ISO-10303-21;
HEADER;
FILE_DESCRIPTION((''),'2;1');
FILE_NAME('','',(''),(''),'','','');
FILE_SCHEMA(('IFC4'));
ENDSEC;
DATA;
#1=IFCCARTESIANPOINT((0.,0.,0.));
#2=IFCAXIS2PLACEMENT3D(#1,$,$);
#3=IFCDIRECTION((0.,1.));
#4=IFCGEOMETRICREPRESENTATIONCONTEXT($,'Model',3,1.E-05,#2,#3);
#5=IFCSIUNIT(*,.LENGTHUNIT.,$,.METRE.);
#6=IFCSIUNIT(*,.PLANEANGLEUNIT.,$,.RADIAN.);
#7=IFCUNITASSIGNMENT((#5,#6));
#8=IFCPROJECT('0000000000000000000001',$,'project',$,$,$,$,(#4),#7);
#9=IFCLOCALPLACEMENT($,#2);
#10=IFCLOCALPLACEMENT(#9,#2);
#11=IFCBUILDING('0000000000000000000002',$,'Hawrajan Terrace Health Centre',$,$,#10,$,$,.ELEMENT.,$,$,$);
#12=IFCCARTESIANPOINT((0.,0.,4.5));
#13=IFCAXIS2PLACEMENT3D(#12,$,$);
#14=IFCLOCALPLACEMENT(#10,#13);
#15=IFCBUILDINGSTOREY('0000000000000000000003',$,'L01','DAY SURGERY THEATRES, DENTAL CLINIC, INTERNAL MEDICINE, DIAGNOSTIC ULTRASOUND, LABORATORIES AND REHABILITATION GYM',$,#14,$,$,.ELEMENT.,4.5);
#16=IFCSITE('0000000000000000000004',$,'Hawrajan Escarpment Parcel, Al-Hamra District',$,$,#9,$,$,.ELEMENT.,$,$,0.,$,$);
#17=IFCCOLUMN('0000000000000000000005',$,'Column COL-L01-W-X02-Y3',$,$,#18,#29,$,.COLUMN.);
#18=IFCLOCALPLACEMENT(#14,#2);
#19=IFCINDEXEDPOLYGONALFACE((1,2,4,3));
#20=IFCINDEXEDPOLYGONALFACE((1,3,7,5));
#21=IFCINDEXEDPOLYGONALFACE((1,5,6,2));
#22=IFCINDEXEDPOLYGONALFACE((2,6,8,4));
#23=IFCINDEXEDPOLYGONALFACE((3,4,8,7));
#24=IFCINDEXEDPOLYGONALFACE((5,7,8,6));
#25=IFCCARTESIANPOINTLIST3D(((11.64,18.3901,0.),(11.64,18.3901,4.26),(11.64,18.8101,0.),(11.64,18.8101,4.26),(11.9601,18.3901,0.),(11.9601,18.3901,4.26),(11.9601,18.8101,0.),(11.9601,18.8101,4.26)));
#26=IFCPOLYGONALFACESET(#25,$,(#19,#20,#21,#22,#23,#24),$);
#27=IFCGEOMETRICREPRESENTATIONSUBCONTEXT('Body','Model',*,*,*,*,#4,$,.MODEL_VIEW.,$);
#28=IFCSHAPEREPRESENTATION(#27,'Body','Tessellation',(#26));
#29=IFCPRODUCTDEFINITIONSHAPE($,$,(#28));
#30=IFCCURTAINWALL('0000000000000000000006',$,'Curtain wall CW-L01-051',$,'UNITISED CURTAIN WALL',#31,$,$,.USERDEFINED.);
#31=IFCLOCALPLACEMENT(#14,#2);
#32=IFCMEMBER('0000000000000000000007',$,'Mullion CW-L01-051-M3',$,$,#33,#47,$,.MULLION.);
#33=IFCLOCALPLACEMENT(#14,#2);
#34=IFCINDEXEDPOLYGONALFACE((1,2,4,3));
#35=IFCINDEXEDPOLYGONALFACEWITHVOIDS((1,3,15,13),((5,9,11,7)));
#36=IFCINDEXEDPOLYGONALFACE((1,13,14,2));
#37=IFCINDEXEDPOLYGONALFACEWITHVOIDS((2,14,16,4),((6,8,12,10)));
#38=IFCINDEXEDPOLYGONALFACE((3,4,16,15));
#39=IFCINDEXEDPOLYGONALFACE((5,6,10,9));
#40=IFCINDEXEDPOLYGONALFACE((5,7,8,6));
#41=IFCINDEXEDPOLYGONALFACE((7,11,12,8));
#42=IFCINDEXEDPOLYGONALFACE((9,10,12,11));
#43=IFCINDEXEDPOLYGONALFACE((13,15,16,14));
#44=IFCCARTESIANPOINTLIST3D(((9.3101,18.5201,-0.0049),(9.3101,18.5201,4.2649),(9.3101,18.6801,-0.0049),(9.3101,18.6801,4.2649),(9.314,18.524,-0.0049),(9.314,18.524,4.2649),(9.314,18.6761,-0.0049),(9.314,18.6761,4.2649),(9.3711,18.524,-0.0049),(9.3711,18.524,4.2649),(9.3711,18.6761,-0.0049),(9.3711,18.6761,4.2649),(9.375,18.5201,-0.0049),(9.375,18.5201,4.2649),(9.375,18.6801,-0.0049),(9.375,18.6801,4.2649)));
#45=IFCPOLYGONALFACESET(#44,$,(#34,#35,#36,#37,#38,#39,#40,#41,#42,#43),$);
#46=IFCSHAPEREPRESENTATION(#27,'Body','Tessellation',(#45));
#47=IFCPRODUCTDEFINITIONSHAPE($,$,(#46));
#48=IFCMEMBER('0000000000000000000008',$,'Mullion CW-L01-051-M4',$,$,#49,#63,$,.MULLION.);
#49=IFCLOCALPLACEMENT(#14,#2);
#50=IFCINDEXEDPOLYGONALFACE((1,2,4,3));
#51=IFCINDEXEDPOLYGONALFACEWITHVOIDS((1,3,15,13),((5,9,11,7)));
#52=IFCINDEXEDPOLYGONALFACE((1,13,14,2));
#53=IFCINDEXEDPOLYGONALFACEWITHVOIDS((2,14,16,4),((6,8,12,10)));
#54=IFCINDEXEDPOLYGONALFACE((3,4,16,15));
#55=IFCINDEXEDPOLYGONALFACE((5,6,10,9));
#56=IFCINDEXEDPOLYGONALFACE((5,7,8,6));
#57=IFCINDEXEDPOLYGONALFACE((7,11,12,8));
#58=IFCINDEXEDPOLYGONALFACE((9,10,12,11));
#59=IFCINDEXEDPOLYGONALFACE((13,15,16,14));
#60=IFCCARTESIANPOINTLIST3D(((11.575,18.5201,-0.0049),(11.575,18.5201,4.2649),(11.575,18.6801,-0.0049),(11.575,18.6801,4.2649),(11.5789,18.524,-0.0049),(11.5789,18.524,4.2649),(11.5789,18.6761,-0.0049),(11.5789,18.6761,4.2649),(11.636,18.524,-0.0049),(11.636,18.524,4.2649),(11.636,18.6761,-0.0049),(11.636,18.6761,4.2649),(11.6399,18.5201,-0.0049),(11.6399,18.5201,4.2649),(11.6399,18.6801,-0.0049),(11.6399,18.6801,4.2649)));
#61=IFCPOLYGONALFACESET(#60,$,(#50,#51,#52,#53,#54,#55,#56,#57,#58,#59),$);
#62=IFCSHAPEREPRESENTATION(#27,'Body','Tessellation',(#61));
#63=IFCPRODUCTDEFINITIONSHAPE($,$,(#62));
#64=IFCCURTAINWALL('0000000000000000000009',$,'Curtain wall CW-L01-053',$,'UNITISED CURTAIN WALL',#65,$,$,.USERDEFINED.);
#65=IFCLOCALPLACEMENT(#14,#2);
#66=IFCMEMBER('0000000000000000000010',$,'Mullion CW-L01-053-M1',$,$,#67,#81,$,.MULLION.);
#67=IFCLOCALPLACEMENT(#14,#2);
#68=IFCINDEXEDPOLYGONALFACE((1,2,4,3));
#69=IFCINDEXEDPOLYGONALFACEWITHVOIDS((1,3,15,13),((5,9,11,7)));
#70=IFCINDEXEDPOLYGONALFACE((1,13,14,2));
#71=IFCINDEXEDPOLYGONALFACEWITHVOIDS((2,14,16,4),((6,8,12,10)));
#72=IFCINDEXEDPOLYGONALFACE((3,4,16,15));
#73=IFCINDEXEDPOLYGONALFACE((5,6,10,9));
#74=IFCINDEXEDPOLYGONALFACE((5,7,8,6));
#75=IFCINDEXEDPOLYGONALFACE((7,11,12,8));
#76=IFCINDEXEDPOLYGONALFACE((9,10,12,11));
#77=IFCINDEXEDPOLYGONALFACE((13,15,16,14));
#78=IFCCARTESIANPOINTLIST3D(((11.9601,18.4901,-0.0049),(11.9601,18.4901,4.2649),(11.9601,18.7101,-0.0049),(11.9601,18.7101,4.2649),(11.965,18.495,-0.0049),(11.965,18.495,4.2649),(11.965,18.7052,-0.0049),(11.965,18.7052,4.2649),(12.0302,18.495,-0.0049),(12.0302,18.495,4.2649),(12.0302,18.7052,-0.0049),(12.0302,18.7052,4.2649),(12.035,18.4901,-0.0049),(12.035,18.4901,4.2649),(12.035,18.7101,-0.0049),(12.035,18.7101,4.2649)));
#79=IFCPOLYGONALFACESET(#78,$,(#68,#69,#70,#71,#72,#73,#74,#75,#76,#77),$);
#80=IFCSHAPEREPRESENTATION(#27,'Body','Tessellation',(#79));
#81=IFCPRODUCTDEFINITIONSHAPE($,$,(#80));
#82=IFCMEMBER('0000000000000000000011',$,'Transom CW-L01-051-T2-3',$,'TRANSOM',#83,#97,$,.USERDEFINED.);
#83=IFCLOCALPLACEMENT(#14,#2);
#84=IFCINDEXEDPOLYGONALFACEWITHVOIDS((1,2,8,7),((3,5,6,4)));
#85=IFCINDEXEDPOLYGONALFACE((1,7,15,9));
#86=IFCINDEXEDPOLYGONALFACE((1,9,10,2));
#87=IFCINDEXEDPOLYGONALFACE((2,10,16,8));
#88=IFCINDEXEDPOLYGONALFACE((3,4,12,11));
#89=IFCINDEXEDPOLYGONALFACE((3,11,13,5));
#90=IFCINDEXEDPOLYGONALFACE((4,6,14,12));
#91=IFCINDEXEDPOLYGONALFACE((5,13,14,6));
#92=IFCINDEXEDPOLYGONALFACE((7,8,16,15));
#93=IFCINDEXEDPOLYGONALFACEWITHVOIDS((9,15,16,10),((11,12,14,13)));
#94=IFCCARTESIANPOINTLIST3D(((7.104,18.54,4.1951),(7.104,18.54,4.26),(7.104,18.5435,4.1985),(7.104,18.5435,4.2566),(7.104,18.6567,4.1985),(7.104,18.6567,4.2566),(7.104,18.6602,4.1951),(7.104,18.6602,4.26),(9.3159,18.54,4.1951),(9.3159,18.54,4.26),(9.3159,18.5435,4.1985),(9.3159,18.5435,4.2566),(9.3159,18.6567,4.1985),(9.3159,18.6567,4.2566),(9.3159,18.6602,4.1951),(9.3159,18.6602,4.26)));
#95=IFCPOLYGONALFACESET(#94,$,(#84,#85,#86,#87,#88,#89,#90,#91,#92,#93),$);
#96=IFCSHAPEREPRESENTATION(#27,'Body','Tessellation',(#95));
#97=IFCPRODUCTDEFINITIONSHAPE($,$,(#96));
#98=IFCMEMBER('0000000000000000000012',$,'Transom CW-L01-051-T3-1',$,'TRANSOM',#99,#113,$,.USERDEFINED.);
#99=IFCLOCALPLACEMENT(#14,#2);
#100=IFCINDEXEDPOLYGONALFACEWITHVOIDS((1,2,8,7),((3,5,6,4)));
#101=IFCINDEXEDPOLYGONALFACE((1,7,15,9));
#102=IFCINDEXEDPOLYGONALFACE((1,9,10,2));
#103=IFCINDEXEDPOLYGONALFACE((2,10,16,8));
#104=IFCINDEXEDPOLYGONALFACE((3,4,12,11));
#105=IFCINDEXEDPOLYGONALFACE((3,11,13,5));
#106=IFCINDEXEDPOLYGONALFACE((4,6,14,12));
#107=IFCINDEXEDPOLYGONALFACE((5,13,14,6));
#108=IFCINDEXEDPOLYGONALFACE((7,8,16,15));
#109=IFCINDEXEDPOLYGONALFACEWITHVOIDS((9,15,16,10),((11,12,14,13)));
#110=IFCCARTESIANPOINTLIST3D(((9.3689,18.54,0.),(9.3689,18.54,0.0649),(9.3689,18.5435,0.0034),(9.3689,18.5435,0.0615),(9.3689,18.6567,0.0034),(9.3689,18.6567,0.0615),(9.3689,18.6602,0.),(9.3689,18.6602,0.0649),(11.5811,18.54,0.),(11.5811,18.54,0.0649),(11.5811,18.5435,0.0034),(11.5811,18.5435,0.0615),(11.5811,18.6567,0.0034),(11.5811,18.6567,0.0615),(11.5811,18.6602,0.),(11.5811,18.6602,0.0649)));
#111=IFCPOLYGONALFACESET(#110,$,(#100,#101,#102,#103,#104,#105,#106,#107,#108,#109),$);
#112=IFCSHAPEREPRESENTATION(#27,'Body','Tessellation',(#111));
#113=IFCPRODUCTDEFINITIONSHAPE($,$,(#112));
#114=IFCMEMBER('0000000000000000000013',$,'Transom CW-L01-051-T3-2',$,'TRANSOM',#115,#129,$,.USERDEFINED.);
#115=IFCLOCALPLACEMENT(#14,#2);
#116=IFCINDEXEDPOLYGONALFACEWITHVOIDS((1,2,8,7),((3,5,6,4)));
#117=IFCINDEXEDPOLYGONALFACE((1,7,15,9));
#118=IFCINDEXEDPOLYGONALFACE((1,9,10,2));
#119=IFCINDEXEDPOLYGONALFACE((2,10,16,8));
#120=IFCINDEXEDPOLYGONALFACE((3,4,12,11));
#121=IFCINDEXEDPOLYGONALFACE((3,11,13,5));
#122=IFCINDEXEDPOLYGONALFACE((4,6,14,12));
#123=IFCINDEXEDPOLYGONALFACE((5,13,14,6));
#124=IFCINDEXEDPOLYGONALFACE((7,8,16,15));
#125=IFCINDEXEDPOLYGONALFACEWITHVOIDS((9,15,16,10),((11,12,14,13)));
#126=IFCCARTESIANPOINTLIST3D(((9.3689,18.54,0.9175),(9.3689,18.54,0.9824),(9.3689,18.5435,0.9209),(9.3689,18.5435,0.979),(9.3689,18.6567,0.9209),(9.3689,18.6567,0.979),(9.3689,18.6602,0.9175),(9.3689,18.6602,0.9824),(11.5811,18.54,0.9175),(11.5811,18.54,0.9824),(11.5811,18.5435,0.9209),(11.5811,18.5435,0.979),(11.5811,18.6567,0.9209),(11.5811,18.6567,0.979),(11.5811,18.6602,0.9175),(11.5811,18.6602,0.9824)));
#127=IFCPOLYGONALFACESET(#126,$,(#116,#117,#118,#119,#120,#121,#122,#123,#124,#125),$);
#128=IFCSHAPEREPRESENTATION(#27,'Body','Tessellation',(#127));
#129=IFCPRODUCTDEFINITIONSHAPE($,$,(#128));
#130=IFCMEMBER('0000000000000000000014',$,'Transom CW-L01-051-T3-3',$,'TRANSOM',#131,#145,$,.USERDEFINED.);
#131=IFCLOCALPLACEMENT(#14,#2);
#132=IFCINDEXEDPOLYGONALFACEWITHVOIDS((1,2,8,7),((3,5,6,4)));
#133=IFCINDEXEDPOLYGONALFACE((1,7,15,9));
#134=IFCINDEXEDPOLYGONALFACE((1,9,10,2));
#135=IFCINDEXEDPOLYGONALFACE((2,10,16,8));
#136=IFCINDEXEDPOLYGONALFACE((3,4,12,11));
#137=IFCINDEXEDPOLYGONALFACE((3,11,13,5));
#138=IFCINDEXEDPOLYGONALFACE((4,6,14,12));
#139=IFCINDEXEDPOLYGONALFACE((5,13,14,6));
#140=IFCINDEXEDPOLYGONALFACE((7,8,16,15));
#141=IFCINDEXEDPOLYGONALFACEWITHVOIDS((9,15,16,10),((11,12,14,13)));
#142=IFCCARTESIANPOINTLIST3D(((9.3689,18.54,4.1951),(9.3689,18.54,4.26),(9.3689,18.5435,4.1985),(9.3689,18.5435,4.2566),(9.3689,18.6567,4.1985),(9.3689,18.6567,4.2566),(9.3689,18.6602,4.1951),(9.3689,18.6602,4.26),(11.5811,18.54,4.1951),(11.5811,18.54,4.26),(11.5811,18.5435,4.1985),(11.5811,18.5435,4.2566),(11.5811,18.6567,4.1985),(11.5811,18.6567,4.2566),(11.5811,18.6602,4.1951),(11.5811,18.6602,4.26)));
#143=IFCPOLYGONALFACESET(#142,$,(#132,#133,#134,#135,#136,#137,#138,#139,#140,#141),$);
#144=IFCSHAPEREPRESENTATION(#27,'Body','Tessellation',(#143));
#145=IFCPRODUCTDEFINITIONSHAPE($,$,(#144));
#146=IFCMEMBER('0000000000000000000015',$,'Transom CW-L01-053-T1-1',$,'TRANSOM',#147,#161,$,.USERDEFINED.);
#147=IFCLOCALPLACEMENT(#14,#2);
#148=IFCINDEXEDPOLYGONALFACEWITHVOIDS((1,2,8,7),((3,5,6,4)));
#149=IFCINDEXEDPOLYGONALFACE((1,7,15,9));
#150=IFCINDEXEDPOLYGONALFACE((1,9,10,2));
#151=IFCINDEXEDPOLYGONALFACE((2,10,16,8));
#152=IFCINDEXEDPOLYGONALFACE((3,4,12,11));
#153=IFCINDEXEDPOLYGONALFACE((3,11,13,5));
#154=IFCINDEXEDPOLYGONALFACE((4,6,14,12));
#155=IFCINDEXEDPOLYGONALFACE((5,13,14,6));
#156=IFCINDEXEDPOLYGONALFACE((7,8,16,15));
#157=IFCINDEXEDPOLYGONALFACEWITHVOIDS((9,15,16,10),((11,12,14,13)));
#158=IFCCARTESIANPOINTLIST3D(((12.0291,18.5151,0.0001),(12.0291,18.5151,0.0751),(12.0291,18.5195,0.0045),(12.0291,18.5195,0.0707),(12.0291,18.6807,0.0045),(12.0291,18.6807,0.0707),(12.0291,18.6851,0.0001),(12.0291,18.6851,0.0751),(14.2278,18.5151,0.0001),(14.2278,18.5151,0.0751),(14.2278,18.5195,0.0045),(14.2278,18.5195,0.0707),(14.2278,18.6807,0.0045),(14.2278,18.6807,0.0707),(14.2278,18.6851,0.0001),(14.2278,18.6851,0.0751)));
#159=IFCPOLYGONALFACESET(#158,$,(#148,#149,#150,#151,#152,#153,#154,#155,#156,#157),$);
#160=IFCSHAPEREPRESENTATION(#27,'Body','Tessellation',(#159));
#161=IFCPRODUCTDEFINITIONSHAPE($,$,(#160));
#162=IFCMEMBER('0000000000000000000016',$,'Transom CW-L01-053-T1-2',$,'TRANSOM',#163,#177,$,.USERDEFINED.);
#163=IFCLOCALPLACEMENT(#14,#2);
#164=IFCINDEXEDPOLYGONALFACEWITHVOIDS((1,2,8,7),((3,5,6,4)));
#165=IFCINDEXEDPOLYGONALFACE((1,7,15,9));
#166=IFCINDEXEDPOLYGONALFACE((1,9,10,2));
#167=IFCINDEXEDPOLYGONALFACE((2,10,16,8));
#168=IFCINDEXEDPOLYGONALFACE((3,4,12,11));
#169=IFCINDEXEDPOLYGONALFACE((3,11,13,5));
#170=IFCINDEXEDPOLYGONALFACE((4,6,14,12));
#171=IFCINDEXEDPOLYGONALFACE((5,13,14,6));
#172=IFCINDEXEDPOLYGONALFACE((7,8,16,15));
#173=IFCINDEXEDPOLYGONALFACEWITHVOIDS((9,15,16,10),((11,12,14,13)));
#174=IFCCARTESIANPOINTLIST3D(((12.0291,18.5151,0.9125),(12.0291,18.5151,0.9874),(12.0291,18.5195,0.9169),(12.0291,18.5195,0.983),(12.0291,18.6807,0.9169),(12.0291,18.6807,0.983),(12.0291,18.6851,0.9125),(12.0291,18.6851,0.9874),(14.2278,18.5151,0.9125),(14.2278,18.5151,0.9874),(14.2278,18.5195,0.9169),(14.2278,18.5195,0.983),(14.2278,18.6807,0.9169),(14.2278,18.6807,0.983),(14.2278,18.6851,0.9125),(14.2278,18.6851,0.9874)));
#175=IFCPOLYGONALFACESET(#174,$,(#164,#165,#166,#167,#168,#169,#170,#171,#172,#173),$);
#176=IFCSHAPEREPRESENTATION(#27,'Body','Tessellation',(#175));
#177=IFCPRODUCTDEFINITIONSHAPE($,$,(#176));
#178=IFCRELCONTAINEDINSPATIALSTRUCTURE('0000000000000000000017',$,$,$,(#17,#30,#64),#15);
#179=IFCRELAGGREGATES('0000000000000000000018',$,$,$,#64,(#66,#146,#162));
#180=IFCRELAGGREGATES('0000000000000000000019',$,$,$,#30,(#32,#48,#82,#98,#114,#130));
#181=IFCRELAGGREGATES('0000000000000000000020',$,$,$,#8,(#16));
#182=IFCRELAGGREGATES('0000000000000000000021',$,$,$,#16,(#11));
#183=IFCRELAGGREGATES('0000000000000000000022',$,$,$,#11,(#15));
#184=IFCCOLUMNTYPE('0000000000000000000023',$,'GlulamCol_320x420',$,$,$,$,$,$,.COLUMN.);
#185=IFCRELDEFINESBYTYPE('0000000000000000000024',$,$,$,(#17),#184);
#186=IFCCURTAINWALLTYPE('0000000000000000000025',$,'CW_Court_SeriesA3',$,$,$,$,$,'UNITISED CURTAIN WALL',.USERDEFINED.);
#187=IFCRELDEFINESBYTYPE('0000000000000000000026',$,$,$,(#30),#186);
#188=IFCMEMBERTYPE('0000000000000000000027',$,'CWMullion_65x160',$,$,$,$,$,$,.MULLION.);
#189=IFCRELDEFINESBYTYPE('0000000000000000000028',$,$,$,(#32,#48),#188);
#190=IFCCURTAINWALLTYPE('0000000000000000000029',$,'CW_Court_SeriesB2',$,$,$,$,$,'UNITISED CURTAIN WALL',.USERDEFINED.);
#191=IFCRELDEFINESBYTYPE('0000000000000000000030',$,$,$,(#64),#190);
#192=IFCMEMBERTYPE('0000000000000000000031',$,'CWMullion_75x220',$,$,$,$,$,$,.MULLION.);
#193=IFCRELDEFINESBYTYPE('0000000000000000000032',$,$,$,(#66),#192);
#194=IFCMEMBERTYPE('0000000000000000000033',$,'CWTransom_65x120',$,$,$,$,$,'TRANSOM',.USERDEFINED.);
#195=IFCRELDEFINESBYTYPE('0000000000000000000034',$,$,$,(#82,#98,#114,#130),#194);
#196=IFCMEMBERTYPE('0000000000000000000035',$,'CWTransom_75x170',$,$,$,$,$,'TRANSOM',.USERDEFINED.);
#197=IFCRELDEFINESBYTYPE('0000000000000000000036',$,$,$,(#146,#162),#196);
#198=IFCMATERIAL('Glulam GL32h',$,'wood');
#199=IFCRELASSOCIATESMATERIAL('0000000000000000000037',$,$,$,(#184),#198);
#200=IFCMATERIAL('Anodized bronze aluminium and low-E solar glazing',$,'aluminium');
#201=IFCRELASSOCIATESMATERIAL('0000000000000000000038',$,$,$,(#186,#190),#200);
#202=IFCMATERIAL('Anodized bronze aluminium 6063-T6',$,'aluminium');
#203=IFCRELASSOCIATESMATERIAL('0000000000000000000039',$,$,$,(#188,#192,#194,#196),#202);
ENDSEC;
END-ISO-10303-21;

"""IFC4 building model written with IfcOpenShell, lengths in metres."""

from ifc_helpers import new_model, si_unit, direction, frame, origin, origin_2d, place, context, subcontext, project, spatial, rectangle, hollow_rectangle, extrude, material, material_profile, profile_set, type_object, element, aggregate, save


model = new_model("IFC4")

# Units and contexts
model_context = context("Model", 3, precision=1e-05, world=origin(), true_north=direction((0.0, 1.0)))
body_context = subcontext(model_context, "Body", "Model", "MODEL_VIEW")
ifc_project = project(units=[si_unit("LENGTHUNIT", "METRE"), si_unit("PLANEANGLEUNIT", "RADIAN")], contexts=[model_context])

# Site, building, storey
site_placement = place(None, origin())
site = spatial("IfcSite", under=ifc_project, at=site_placement, Name="Hawrajan Escarpment Parcel, Al-Hamra District", CompositionType="ELEMENT", RefElevation=0.0)
building_placement = place(site_placement, origin())
building = spatial("IfcBuilding", under=site, at=building_placement, Name="Hawrajan Terrace Health Centre", CompositionType="ELEMENT")
storey_placement = place(building_placement, frame((0.0, 0.0, 4.5)))
storey = spatial("IfcBuildingStorey", under=building, at=storey_placement, Name="L01", Description="DAY SURGERY THEATRES, DENTAL CLINIC, INTERNAL MEDICINE, DIAGNOSTIC ULTRASOUND, LABORATORIES AND REHABILITATION GYM", CompositionType="ELEMENT", Elevation=4.5)

# Column
ifc_material_1 = material(Name="Glulam GL32h", Category="wood")
ifc_material_profile_1 = material_profile(ifc_material_1, rectangle(XDim=0.3201, YDim=0.4199, at=origin_2d()), Name="GL 320x420")
ifc_profile_set_1 = profile_set([ifc_material_profile_1], Name="Glulam GL32h")
column_type = type_object("IfcColumnType", Name="GlulamCol_320x420", PredefinedType="COLUMN", material=ifc_profile_set_1)
column_placement = place(storey_placement, frame((11.8, 18.6001, 0.0), z_axis=(0.0, 0.0, 1.0), x_axis=(1.0, 0.0, 0.0)))
element("IfcColumn", 1, at=column_placement, inside=storey, type_object=column_type, Name="Column COL-L01-W-X02-Y3", PredefinedType="COLUMN", context=body_context, shape_type="SweptSolid", body=[
    extrude(rectangle(XDim=0.3201, YDim=0.4199, at=origin_2d()), origin(), (0.0, 0.0, 1.0), 4.26),
])

# Curtain wall, members
ifc_material_2 = material(Name="Anodized bronze aluminium and low-E solar glazing", Category="aluminium")
curtain_wall_type_1 = type_object("IfcCurtainWallType", Name="CW_Court_SeriesA3", ElementType="UNITISED CURTAIN WALL", PredefinedType="USERDEFINED", material=ifc_material_2)
curtain_wall_1_placement = place(storey_placement, origin())
curtain_wall_1 = element("IfcCurtainWall", 2, at=curtain_wall_1_placement, inside=storey, type_object=curtain_wall_type_1, Name="Curtain wall CW-L01-051", ObjectType="UNITISED CURTAIN WALL", PredefinedType="USERDEFINED")
ifc_material_3 = material(Name="Anodized bronze aluminium 6063-T6", Category="aluminium")
ifc_material_profile_2 = material_profile(ifc_material_3, hollow_rectangle(XDim=0.0649, YDim=0.1599, WallThickness=0.0039, at=origin_2d()), Name="CW MUL 65x160")
ifc_profile_set_2 = profile_set([ifc_material_profile_2], Name="Anodized bronze aluminium 6063-T6")
member_type_1 = type_object("IfcMemberType", Name="CWMullion_65x160", PredefinedType="MULLION", material=ifc_profile_set_2)
member_1_placement = place(storey_placement, frame((9.3425, 18.6001, -0.0049), z_axis=(0.0, 0.0, 1.0), x_axis=(1.0, 0.0, 0.0)))
member_1 = element("IfcMember", 3, at=member_1_placement, type_object=member_type_1, Name="Mullion CW-L01-051-M3", PredefinedType="MULLION", context=body_context, shape_type="SweptSolid", body=[
    extrude(hollow_rectangle(XDim=0.0649, YDim=0.1599, WallThickness=0.0039, at=origin_2d()), origin(), (0.0, 0.0, 1.0), 4.2698),
])
member_2_placement = place(storey_placement, frame((11.6074, 18.6001, -0.0049), z_axis=(0.0, 0.0, 1.0), x_axis=(1.0, 0.0, 0.0)))
member_2 = element("IfcMember", 4, at=member_2_placement, type_object=member_type_1, Name="Mullion CW-L01-051-M4", PredefinedType="MULLION", context=body_context, shape_type="SweptSolid", body=[
    extrude(hollow_rectangle(XDim=0.0649, YDim=0.1599, WallThickness=0.0039, at=origin_2d()), origin(), (0.0, 0.0, 1.0), 4.2698),
])

# Curtain wall, member
curtain_wall_type_2 = type_object("IfcCurtainWallType", Name="CW_Court_SeriesB2", ElementType="UNITISED CURTAIN WALL", PredefinedType="USERDEFINED", material=ifc_material_2)
curtain_wall_2_placement = place(storey_placement, origin())
curtain_wall_2 = element("IfcCurtainWall", 5, at=curtain_wall_2_placement, inside=storey, type_object=curtain_wall_type_2, Name="Curtain wall CW-L01-053", ObjectType="UNITISED CURTAIN WALL", PredefinedType="USERDEFINED")
ifc_material_profile_3 = material_profile(ifc_material_3, hollow_rectangle(XDim=0.075, YDim=0.22, WallThickness=0.0049, at=origin_2d()), Name="CW MUL 75x220")
ifc_profile_set_3 = profile_set([ifc_material_profile_3], Name="Anodized bronze aluminium 6063-T6")
member_type_2 = type_object("IfcMemberType", Name="CWMullion_75x220", PredefinedType="MULLION", material=ifc_profile_set_3)
member_3_placement = place(storey_placement, frame((11.9976, 18.6001, -0.0049), z_axis=(0.0, 0.0, 1.0), x_axis=(1.0, 0.0, 0.0)))
member_3 = element("IfcMember", 6, at=member_3_placement, type_object=member_type_2, Name="Mullion CW-L01-053-M1", PredefinedType="MULLION", context=body_context, shape_type="SweptSolid", body=[
    extrude(hollow_rectangle(XDim=0.075, YDim=0.22, WallThickness=0.0049, at=origin_2d()), origin(), (0.0, 0.0, 1.0), 4.2698),
])

# Members
ifc_material_profile_4 = material_profile(ifc_material_3, hollow_rectangle(XDim=0.0649, YDim=0.1201, WallThickness=0.0034, at=origin_2d()), Name="CW TRN 65x120")
ifc_profile_set_4 = profile_set([ifc_material_profile_4], Name="Anodized bronze aluminium 6063-T6")
member_type_3 = type_object("IfcMemberType", Name="CWTransom_65x120", ElementType="TRANSOM", PredefinedType="USERDEFINED", material=ifc_profile_set_4)
member_4_placement = place(storey_placement, frame((7.104, 18.6001, 4.2275), z_axis=(1.0, 0.0, 0.0), x_axis=(0.0, 0.0, 1.0)))
member_4 = element("IfcMember", 7, at=member_4_placement, type_object=member_type_3, Name="Transom CW-L01-051-T2-3", ObjectType="TRANSOM", PredefinedType="USERDEFINED", context=body_context, shape_type="SweptSolid", body=[
    extrude(hollow_rectangle(XDim=0.0649, YDim=0.1201, WallThickness=0.0034, at=origin_2d()), origin(), (0.0, 0.0, 1.0), 2.2119),
])
member_5_placement = place(storey_placement, frame((9.3689, 18.6001, 0.0325), z_axis=(1.0, 0.0, 0.0), x_axis=(0.0, 0.0, 1.0)))
member_5 = element("IfcMember", 8, at=member_5_placement, type_object=member_type_3, Name="Transom CW-L01-051-T3-1", ObjectType="TRANSOM", PredefinedType="USERDEFINED", context=body_context, shape_type="SweptSolid", body=[
    extrude(hollow_rectangle(XDim=0.0649, YDim=0.1201, WallThickness=0.0034, at=origin_2d()), origin(), (0.0, 0.0, 1.0), 2.2122),
])
member_6_placement = place(storey_placement, frame((9.3689, 18.6001, 0.95), z_axis=(1.0, 0.0, 0.0), x_axis=(0.0, 0.0, 1.0)))
member_6 = element("IfcMember", 9, at=member_6_placement, type_object=member_type_3, Name="Transom CW-L01-051-T3-2", ObjectType="TRANSOM", PredefinedType="USERDEFINED", context=body_context, shape_type="SweptSolid", body=[
    extrude(hollow_rectangle(XDim=0.0649, YDim=0.1201, WallThickness=0.0034, at=origin_2d()), origin(), (0.0, 0.0, 1.0), 2.2122),
])
member_7_placement = place(storey_placement, frame((9.3689, 18.6001, 4.2275), z_axis=(1.0, 0.0, 0.0), x_axis=(0.0, 0.0, 1.0)))
member_7 = element("IfcMember", 10, at=member_7_placement, type_object=member_type_3, Name="Transom CW-L01-051-T3-3", ObjectType="TRANSOM", PredefinedType="USERDEFINED", context=body_context, shape_type="SweptSolid", body=[
    extrude(hollow_rectangle(XDim=0.0649, YDim=0.1201, WallThickness=0.0034, at=origin_2d()), origin(), (0.0, 0.0, 1.0), 2.2122),
])
ifc_material_profile_5 = material_profile(ifc_material_3, hollow_rectangle(XDim=0.075, YDim=0.1699, WallThickness=0.0044, at=origin_2d()), Name="CW TRN 75x170")
ifc_profile_set_5 = profile_set([ifc_material_profile_5], Name="Anodized bronze aluminium 6063-T6")
member_type_4 = type_object("IfcMemberType", Name="CWTransom_75x170", ElementType="TRANSOM", PredefinedType="USERDEFINED", material=ifc_profile_set_5)
member_8_placement = place(storey_placement, frame((12.0291, 18.6001, 0.0376), z_axis=(1.0, 0.0, 0.0), x_axis=(0.0, 0.0, 1.0)))
member_8 = element("IfcMember", 11, at=member_8_placement, type_object=member_type_4, Name="Transom CW-L01-053-T1-1", ObjectType="TRANSOM", PredefinedType="USERDEFINED", context=body_context, shape_type="SweptSolid", body=[
    extrude(hollow_rectangle(XDim=0.075, YDim=0.1699, WallThickness=0.0044, at=origin_2d()), origin(), (0.0, 0.0, 1.0), 2.1987),
])
member_9_placement = place(storey_placement, frame((12.0291, 18.6001, 0.95), z_axis=(1.0, 0.0, 0.0), x_axis=(0.0, 0.0, 1.0)))
member_9 = element("IfcMember", 12, at=member_9_placement, type_object=member_type_4, Name="Transom CW-L01-053-T1-2", ObjectType="TRANSOM", PredefinedType="USERDEFINED", context=body_context, shape_type="SweptSolid", body=[
    extrude(hollow_rectangle(XDim=0.075, YDim=0.1699, WallThickness=0.0044, at=origin_2d()), origin(), (0.0, 0.0, 1.0), 2.1987),
])

aggregate(curtain_wall_2, [member_3, member_8, member_9])
aggregate(curtain_wall_1, [member_1, member_2, member_4, member_5, member_6, member_7])

save(model, "model.ifc")
